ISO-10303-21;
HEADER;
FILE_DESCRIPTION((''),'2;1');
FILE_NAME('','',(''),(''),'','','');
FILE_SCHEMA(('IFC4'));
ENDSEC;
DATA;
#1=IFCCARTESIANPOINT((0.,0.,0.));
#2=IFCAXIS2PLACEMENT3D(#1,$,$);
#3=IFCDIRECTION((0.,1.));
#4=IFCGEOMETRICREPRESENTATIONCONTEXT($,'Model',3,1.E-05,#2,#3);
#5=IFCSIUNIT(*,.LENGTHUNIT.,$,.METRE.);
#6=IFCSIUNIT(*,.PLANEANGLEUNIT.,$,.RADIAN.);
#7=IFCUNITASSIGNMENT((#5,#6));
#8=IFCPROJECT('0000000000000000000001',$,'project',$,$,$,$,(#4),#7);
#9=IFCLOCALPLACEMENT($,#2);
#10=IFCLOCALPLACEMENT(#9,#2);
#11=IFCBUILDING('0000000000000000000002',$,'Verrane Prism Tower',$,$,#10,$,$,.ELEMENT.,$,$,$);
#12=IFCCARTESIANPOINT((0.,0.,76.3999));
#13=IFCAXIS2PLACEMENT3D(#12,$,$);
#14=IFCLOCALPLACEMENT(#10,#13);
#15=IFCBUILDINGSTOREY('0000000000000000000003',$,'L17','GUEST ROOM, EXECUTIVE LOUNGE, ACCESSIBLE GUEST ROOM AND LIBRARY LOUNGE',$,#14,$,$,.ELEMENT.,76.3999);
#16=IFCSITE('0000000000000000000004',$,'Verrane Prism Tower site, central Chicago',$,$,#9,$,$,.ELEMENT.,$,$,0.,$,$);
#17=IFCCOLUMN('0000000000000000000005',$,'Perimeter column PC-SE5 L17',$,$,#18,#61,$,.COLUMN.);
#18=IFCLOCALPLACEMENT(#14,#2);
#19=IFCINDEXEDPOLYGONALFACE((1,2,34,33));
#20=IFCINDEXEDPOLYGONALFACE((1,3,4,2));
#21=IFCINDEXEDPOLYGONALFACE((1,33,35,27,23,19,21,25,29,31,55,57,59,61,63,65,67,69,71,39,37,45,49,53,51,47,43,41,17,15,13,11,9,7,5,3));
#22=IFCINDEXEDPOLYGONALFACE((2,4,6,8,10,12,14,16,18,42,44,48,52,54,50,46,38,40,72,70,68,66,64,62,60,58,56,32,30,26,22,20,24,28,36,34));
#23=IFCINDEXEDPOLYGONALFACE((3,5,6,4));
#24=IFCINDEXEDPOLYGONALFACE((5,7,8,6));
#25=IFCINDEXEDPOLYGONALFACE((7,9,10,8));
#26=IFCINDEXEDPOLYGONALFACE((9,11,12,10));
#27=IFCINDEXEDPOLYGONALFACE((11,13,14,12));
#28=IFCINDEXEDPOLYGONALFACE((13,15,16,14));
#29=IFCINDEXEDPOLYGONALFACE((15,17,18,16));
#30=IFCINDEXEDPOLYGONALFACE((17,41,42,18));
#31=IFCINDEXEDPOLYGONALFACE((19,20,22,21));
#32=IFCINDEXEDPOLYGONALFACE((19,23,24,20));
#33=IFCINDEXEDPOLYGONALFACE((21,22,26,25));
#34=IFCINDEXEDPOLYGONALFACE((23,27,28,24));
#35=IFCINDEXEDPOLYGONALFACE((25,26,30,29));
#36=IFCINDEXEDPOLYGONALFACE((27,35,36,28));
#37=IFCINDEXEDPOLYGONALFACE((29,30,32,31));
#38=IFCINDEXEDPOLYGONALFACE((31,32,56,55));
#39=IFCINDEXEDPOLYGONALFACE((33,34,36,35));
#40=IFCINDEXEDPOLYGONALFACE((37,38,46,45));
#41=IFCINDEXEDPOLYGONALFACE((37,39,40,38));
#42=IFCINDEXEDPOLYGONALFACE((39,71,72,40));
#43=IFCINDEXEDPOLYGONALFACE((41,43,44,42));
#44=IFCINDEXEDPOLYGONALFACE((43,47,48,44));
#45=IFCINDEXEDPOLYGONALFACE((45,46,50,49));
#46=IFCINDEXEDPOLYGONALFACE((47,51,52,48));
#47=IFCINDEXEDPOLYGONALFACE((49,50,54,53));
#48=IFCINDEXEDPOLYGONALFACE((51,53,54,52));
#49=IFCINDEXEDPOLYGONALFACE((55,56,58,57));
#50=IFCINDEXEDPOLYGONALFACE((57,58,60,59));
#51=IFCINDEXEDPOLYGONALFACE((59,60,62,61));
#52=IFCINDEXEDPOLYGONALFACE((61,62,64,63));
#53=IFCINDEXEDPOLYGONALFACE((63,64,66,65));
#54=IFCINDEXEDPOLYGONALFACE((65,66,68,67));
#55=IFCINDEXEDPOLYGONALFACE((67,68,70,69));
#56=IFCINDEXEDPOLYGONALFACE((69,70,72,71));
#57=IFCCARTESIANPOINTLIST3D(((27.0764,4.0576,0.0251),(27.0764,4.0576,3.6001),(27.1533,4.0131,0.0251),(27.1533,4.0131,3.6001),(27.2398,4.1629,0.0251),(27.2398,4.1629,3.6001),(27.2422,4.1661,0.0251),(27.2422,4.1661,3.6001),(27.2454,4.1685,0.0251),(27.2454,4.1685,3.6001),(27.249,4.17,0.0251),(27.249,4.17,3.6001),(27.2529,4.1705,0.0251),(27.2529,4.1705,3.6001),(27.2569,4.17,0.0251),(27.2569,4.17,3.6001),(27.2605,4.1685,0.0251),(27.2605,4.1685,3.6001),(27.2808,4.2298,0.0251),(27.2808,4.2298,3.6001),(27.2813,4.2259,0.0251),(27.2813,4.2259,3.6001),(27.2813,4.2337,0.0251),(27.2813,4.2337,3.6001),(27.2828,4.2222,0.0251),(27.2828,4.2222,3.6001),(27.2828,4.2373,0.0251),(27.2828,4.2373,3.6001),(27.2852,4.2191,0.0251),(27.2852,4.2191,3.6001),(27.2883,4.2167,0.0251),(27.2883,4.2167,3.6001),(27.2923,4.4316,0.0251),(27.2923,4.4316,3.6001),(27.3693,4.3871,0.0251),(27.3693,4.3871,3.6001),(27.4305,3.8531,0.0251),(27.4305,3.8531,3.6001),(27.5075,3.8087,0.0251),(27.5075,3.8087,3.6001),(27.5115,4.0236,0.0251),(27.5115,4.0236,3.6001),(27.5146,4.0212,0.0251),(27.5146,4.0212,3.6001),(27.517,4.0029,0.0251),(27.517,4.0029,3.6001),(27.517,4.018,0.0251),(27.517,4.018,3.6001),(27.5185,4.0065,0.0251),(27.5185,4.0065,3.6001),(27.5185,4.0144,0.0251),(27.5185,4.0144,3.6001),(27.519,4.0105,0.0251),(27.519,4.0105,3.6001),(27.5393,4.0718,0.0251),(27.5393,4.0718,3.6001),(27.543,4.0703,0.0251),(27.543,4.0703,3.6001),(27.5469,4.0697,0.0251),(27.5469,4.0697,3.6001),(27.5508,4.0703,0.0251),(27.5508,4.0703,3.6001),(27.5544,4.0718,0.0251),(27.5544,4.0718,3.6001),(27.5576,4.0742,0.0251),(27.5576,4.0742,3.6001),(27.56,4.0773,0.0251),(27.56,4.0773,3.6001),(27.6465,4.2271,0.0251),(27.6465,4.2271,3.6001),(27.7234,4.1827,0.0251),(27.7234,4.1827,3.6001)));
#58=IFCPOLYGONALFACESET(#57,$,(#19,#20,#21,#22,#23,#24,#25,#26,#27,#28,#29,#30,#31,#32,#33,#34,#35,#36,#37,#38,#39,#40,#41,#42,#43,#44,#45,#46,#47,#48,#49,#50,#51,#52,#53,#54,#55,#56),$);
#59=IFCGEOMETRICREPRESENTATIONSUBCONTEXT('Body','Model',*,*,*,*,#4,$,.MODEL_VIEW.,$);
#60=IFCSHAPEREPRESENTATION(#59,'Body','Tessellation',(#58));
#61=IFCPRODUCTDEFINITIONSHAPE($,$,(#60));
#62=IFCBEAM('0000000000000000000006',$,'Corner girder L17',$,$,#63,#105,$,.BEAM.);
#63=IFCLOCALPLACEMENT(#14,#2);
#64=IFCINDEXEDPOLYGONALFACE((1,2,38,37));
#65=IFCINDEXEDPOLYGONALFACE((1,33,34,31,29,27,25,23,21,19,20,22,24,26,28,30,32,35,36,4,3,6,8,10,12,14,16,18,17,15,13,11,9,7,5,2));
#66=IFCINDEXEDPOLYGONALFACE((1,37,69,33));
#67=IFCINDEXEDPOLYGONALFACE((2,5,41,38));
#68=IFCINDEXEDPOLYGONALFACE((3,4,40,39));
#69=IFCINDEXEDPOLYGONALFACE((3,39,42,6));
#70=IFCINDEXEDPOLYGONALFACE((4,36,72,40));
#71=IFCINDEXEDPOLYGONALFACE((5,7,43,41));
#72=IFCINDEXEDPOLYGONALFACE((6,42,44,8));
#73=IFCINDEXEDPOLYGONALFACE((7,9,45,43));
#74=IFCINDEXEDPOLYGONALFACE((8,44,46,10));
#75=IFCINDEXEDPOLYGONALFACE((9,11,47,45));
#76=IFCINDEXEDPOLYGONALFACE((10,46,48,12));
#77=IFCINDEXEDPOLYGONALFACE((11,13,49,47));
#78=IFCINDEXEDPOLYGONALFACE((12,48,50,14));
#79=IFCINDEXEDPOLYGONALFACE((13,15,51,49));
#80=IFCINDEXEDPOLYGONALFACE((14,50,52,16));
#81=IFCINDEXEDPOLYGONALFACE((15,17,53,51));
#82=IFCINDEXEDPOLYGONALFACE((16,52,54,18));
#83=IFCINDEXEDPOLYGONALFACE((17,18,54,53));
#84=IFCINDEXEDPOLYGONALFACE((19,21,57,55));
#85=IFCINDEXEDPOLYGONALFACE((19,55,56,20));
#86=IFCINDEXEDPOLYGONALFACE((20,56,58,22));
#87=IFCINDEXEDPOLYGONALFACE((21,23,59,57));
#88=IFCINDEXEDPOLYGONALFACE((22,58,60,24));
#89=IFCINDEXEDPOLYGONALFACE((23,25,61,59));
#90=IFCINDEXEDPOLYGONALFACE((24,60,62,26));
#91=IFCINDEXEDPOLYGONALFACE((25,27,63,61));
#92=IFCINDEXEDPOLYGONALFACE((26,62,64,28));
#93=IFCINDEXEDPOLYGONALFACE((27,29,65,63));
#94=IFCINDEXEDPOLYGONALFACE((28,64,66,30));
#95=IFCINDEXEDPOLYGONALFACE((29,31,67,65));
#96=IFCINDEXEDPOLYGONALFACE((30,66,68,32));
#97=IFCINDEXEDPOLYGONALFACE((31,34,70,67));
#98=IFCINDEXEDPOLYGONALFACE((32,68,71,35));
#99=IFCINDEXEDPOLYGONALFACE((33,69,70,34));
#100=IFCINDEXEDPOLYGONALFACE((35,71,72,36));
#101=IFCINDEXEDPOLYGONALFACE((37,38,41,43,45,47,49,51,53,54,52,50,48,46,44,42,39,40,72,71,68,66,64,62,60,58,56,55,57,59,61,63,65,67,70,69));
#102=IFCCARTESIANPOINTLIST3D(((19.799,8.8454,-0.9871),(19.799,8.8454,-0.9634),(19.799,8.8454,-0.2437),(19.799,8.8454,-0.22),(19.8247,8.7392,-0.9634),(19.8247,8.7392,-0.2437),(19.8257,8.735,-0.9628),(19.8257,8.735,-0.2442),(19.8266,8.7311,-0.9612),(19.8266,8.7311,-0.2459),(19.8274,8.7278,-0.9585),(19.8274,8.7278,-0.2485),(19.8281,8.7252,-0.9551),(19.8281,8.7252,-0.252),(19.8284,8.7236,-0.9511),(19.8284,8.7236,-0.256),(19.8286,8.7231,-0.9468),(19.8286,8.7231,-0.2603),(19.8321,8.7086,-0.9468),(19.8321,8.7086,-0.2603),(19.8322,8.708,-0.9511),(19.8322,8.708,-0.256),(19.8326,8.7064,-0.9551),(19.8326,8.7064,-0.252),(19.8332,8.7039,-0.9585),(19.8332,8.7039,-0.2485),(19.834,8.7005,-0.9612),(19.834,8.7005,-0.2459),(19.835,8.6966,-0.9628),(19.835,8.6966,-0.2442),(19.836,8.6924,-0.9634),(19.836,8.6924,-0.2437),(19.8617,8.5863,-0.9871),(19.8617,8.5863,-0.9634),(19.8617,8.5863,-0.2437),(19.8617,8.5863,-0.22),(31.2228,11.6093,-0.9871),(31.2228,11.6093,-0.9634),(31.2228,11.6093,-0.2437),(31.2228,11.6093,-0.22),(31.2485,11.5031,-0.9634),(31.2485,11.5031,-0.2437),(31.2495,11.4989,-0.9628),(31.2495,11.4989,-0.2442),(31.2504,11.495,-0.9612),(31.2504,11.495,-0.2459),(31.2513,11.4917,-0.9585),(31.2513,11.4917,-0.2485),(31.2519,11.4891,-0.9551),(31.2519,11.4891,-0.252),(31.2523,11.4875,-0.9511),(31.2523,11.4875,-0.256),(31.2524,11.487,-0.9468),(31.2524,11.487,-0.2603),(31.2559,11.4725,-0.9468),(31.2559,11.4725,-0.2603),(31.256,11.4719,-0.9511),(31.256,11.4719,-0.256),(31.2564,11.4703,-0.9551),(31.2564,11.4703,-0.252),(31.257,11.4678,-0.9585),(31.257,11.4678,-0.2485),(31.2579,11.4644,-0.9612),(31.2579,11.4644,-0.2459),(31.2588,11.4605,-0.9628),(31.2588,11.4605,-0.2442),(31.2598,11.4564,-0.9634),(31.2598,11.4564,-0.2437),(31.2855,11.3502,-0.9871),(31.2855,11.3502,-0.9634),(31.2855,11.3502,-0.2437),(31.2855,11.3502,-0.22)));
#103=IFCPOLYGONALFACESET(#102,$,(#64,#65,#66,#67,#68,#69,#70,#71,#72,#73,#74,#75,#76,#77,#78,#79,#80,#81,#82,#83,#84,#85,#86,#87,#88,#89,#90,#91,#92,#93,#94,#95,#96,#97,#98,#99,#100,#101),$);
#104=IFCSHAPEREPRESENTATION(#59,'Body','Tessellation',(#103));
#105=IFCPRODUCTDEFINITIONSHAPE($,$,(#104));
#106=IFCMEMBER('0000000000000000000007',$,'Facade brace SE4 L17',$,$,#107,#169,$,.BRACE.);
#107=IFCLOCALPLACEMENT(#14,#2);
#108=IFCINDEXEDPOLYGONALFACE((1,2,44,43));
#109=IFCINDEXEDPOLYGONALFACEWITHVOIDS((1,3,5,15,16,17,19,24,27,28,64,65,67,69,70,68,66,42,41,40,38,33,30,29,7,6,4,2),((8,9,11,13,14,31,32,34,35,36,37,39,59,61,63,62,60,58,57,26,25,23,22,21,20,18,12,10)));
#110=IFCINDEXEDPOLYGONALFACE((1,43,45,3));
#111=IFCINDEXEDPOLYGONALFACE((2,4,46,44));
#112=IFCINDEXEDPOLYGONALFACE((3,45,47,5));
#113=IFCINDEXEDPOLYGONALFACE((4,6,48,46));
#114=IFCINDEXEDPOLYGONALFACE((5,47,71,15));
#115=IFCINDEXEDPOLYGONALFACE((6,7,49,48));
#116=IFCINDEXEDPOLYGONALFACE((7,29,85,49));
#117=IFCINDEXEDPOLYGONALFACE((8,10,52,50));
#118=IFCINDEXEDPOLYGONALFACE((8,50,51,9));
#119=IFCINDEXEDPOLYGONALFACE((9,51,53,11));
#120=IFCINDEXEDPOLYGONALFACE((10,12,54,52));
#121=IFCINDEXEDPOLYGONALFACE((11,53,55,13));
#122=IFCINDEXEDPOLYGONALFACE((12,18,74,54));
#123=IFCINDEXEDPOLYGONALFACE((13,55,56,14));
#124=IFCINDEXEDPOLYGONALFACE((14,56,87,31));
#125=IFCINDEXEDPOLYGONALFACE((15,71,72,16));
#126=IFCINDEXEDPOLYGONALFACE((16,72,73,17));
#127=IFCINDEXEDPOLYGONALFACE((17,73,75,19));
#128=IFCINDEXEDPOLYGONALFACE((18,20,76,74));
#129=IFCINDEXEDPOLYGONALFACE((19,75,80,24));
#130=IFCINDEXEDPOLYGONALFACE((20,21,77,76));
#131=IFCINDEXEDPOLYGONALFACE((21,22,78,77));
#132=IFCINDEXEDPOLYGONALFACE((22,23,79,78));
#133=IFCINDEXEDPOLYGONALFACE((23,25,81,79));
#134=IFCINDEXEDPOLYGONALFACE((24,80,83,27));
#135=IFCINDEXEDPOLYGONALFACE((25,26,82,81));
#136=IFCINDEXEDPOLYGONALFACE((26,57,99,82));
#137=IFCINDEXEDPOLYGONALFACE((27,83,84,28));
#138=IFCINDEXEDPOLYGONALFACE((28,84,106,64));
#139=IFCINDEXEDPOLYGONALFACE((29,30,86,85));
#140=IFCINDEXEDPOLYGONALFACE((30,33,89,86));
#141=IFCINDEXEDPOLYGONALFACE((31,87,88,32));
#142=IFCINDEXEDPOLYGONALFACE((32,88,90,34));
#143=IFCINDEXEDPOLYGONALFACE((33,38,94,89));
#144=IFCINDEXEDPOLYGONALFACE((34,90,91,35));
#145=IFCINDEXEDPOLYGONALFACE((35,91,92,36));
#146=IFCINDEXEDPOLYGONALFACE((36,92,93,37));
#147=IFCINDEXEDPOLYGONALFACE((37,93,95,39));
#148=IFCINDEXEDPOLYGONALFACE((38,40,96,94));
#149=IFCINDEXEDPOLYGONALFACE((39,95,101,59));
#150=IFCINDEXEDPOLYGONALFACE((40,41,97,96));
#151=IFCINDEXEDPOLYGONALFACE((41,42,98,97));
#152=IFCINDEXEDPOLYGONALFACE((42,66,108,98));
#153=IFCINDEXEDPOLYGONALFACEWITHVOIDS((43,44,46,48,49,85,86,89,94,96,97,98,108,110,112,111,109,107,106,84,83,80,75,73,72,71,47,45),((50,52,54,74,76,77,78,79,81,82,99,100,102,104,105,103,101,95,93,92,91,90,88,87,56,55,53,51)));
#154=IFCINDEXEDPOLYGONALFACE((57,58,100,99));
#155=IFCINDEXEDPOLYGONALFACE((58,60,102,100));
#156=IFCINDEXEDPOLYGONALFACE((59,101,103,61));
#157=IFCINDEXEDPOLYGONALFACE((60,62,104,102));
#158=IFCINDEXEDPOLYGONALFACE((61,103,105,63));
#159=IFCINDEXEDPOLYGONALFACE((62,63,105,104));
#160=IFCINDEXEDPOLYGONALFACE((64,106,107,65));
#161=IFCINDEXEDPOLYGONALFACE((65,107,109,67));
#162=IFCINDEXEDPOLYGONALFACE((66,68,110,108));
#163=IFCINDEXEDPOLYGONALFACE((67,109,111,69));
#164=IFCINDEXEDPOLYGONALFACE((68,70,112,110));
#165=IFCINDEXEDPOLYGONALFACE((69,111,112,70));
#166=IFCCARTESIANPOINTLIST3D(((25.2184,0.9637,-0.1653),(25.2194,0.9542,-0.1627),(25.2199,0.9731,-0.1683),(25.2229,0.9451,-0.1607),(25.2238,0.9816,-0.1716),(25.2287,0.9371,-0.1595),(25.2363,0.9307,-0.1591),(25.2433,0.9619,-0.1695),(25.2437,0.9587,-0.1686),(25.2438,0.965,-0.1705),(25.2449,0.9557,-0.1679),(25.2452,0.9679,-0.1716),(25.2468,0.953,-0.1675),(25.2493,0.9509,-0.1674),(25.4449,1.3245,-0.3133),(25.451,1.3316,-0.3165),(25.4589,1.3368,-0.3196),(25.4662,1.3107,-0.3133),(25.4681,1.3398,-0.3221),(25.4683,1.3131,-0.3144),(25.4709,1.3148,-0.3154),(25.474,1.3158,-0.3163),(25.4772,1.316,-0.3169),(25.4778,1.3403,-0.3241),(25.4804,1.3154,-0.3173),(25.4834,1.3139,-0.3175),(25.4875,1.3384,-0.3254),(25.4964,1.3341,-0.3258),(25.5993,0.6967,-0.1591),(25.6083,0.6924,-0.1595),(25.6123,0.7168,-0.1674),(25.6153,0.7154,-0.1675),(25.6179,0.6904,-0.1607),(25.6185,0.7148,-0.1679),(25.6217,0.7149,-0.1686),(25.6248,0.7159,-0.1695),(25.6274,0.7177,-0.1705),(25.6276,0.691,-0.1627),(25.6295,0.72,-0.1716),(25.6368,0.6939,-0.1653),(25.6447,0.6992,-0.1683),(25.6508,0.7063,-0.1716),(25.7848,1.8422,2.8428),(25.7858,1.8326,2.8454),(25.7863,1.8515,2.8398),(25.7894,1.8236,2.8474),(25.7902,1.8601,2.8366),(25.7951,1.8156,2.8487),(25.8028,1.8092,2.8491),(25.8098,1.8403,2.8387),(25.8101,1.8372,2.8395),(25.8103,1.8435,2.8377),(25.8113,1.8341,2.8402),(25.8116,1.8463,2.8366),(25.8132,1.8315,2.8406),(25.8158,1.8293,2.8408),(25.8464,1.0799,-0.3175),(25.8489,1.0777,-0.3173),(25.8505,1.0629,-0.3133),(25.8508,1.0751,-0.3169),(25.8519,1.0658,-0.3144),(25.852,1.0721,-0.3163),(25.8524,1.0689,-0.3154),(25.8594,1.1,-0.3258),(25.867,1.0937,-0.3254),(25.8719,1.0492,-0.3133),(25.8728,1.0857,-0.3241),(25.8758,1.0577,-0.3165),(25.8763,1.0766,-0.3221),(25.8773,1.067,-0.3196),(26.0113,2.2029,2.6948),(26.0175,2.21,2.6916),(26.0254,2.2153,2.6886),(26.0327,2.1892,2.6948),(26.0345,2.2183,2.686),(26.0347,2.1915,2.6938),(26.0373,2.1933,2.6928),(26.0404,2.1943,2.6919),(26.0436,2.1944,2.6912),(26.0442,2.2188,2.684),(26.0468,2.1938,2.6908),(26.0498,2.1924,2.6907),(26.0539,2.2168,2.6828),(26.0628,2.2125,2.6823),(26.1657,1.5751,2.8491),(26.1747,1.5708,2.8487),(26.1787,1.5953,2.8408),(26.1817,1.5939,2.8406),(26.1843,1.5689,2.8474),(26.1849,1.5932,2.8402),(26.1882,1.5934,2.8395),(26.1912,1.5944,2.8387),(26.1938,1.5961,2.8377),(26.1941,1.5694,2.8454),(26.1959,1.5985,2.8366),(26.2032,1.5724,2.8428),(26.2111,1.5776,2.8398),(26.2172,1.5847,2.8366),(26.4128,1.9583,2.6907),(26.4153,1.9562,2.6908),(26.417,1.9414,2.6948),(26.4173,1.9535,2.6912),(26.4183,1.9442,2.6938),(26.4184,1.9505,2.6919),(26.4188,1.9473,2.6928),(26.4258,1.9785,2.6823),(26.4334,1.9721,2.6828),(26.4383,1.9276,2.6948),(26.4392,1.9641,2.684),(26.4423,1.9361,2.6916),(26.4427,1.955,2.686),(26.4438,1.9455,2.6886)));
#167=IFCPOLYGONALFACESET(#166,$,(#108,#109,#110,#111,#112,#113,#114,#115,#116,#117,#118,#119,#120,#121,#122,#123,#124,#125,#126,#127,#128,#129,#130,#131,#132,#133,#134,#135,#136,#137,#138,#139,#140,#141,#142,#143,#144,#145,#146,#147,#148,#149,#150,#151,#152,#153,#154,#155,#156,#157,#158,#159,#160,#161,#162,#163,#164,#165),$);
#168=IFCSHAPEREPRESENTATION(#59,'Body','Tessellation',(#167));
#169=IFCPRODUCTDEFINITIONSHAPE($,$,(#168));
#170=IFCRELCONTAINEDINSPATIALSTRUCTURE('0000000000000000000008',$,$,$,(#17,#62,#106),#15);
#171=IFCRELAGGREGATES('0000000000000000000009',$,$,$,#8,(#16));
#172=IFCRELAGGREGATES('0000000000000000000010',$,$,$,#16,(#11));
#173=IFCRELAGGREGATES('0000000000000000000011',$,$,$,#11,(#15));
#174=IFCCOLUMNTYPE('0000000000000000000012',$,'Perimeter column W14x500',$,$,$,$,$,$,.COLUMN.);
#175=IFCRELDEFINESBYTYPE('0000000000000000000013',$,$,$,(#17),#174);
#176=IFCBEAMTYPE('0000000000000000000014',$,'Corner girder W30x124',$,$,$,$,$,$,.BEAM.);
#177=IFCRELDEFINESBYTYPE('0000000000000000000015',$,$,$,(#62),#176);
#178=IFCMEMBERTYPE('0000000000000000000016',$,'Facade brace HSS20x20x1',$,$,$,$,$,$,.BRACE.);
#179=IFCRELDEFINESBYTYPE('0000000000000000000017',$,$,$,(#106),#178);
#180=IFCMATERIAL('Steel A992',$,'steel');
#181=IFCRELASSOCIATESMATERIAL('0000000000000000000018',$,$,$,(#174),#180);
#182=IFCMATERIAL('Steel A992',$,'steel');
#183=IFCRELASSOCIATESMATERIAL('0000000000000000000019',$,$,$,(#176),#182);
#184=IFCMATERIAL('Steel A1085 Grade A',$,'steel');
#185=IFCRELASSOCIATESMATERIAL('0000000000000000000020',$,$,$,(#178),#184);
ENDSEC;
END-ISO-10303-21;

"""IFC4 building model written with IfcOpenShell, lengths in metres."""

from ifc_helpers import new_model, si_unit, direction, frame, origin, origin_2d, place, context, subcontext, project, spatial, hollow_rectangle, i_section, extrude, material, material_profile, profile_set, type_object, element, save


model = new_model("IFC4")

# Units and contexts
model_context = context("Model", 3, precision=1e-05, world=origin(), true_north=direction((0.0, 1.0)))
body_context = subcontext(model_context, "Body", "Model", "MODEL_VIEW")
ifc_project = project(units=[si_unit("LENGTHUNIT", "METRE"), si_unit("PLANEANGLEUNIT", "RADIAN")], contexts=[model_context])

# Site, building, storey
site_placement = place(None, origin())
site = spatial("IfcSite", under=ifc_project, at=site_placement, Name="Verrane Prism Tower site, central Chicago", CompositionType="ELEMENT", RefElevation=0.0)
building_placement = place(site_placement, origin())
building = spatial("IfcBuilding", under=site, at=building_placement, Name="Verrane Prism Tower", CompositionType="ELEMENT")
storey_placement = place(building_placement, frame((0.0, 0.0, 76.3999)))
storey = spatial("IfcBuildingStorey", under=building, at=storey_placement, Name="L17", Description="GUEST ROOM, EXECUTIVE LOUNGE, ACCESSIBLE GUEST ROOM AND LIBRARY LOUNGE", CompositionType="ELEMENT", Elevation=76.3999)

# Column
ifc_material_1 = material(Name="Steel A992", Category="steel")
ifc_material_profile_1 = material_profile(ifc_material_1, i_section(OverallWidth=0.4319, OverallDepth=0.4978, WebThickness=0.0557, FlangeThickness=0.0889, FilletRadius=0.0151, at=origin_2d()), Name="W14x500")
ifc_profile_set_1 = profile_set([ifc_material_profile_1], Name="Steel A992")
column_type = type_object("IfcColumnType", Name="Perimeter column W14x500", PredefinedType="COLUMN", material=ifc_profile_set_1)
column_placement = place(storey_placement, frame((27.3999, 4.1201, 0.0251), z_axis=(0.0, 0.0, 1.0), x_axis=(-0.5, -0.866025, 0.0)))
element("IfcColumn", 1, at=column_placement, inside=storey, type_object=column_type, Name="Perimeter column PC-SE5 L17", PredefinedType="COLUMN", context=body_context, shape_type="SweptSolid", body=[
    extrude(i_section(OverallWidth=0.4319, OverallDepth=0.4978, WebThickness=0.0557, FlangeThickness=0.0889, FilletRadius=0.0151, at=origin_2d()), origin(), (0.0, 0.0, 1.0), 3.575),
])

# Beam
ifc_material_2 = material(Name="Steel A992", Category="steel")
ifc_material_profile_2 = material_profile(ifc_material_2, i_section(OverallWidth=0.2666, OverallDepth=0.7671, WebThickness=0.0149, FlangeThickness=0.0237, FilletRadius=0.0166, at=origin_2d()), Name="W30x124")
ifc_profile_set_2 = profile_set([ifc_material_profile_2], Name="Steel A992")
beam_type_1 = type_object("IfcBeamType", Name="Corner girder W30x124", PredefinedType="BEAM", material=ifc_profile_set_2)
beam_1_placement = place(storey_placement, frame((31.2542, 11.4797, -0.6035), z_axis=(-0.971957, -0.235158, 0.0), x_axis=(0.235158, -0.971957, 0.0)))
element("IfcBeam", 2, at=beam_1_placement, inside=storey, type_object=beam_type_1, Name="Corner girder L17", PredefinedType="BEAM", context=body_context, shape_type="SweptSolid", body=[
    extrude(i_section(OverallWidth=0.2666, OverallDepth=0.7671, WebThickness=0.0149, FlangeThickness=0.0237, FilletRadius=0.0166, at=origin_2d()), origin(), (0.0, 0.0, 1.0), 11.7534),
])

# Member
ifc_material_3 = material(Name="Steel A1085 Grade A", Category="steel")
ifc_material_profile_3 = material_profile(ifc_material_3, hollow_rectangle(XDim=0.5081, YDim=0.5081, WallThickness=0.0254, InnerFilletRadius=0.0127, OuterFilletRadius=0.0381, at=origin_2d()), Name="HSS20x20x1")
ifc_profile_set_3 = profile_set([ifc_material_profile_3], Name="Steel A1085 Grade A")
member_type_1 = type_object("IfcMemberType", Name="Facade brace HSS20x20x1", PredefinedType="BRACE", material=ifc_profile_set_3)
member_1_placement = place(storey_placement, frame((25.5479, 1.0154, -0.2424), z_axis=(0.177865, 0.275844, 0.944602), x_axis=(-0.840434, 0.541914, 0.0)))
element("IfcMember", 3, at=member_1_placement, inside=storey, type_object=member_type_1, Name="Facade brace SE4 L17", PredefinedType="BRACE", context=body_context, shape_type="SweptSolid", body=[
    extrude(hollow_rectangle(XDim=0.5081, YDim=0.5081, WallThickness=0.0254, InnerFilletRadius=0.0127, OuterFilletRadius=0.0381, at=origin_2d()), origin(), (0.0, 0.0, 1.0), 3.1846),
])

save(model, "model.ifc")
